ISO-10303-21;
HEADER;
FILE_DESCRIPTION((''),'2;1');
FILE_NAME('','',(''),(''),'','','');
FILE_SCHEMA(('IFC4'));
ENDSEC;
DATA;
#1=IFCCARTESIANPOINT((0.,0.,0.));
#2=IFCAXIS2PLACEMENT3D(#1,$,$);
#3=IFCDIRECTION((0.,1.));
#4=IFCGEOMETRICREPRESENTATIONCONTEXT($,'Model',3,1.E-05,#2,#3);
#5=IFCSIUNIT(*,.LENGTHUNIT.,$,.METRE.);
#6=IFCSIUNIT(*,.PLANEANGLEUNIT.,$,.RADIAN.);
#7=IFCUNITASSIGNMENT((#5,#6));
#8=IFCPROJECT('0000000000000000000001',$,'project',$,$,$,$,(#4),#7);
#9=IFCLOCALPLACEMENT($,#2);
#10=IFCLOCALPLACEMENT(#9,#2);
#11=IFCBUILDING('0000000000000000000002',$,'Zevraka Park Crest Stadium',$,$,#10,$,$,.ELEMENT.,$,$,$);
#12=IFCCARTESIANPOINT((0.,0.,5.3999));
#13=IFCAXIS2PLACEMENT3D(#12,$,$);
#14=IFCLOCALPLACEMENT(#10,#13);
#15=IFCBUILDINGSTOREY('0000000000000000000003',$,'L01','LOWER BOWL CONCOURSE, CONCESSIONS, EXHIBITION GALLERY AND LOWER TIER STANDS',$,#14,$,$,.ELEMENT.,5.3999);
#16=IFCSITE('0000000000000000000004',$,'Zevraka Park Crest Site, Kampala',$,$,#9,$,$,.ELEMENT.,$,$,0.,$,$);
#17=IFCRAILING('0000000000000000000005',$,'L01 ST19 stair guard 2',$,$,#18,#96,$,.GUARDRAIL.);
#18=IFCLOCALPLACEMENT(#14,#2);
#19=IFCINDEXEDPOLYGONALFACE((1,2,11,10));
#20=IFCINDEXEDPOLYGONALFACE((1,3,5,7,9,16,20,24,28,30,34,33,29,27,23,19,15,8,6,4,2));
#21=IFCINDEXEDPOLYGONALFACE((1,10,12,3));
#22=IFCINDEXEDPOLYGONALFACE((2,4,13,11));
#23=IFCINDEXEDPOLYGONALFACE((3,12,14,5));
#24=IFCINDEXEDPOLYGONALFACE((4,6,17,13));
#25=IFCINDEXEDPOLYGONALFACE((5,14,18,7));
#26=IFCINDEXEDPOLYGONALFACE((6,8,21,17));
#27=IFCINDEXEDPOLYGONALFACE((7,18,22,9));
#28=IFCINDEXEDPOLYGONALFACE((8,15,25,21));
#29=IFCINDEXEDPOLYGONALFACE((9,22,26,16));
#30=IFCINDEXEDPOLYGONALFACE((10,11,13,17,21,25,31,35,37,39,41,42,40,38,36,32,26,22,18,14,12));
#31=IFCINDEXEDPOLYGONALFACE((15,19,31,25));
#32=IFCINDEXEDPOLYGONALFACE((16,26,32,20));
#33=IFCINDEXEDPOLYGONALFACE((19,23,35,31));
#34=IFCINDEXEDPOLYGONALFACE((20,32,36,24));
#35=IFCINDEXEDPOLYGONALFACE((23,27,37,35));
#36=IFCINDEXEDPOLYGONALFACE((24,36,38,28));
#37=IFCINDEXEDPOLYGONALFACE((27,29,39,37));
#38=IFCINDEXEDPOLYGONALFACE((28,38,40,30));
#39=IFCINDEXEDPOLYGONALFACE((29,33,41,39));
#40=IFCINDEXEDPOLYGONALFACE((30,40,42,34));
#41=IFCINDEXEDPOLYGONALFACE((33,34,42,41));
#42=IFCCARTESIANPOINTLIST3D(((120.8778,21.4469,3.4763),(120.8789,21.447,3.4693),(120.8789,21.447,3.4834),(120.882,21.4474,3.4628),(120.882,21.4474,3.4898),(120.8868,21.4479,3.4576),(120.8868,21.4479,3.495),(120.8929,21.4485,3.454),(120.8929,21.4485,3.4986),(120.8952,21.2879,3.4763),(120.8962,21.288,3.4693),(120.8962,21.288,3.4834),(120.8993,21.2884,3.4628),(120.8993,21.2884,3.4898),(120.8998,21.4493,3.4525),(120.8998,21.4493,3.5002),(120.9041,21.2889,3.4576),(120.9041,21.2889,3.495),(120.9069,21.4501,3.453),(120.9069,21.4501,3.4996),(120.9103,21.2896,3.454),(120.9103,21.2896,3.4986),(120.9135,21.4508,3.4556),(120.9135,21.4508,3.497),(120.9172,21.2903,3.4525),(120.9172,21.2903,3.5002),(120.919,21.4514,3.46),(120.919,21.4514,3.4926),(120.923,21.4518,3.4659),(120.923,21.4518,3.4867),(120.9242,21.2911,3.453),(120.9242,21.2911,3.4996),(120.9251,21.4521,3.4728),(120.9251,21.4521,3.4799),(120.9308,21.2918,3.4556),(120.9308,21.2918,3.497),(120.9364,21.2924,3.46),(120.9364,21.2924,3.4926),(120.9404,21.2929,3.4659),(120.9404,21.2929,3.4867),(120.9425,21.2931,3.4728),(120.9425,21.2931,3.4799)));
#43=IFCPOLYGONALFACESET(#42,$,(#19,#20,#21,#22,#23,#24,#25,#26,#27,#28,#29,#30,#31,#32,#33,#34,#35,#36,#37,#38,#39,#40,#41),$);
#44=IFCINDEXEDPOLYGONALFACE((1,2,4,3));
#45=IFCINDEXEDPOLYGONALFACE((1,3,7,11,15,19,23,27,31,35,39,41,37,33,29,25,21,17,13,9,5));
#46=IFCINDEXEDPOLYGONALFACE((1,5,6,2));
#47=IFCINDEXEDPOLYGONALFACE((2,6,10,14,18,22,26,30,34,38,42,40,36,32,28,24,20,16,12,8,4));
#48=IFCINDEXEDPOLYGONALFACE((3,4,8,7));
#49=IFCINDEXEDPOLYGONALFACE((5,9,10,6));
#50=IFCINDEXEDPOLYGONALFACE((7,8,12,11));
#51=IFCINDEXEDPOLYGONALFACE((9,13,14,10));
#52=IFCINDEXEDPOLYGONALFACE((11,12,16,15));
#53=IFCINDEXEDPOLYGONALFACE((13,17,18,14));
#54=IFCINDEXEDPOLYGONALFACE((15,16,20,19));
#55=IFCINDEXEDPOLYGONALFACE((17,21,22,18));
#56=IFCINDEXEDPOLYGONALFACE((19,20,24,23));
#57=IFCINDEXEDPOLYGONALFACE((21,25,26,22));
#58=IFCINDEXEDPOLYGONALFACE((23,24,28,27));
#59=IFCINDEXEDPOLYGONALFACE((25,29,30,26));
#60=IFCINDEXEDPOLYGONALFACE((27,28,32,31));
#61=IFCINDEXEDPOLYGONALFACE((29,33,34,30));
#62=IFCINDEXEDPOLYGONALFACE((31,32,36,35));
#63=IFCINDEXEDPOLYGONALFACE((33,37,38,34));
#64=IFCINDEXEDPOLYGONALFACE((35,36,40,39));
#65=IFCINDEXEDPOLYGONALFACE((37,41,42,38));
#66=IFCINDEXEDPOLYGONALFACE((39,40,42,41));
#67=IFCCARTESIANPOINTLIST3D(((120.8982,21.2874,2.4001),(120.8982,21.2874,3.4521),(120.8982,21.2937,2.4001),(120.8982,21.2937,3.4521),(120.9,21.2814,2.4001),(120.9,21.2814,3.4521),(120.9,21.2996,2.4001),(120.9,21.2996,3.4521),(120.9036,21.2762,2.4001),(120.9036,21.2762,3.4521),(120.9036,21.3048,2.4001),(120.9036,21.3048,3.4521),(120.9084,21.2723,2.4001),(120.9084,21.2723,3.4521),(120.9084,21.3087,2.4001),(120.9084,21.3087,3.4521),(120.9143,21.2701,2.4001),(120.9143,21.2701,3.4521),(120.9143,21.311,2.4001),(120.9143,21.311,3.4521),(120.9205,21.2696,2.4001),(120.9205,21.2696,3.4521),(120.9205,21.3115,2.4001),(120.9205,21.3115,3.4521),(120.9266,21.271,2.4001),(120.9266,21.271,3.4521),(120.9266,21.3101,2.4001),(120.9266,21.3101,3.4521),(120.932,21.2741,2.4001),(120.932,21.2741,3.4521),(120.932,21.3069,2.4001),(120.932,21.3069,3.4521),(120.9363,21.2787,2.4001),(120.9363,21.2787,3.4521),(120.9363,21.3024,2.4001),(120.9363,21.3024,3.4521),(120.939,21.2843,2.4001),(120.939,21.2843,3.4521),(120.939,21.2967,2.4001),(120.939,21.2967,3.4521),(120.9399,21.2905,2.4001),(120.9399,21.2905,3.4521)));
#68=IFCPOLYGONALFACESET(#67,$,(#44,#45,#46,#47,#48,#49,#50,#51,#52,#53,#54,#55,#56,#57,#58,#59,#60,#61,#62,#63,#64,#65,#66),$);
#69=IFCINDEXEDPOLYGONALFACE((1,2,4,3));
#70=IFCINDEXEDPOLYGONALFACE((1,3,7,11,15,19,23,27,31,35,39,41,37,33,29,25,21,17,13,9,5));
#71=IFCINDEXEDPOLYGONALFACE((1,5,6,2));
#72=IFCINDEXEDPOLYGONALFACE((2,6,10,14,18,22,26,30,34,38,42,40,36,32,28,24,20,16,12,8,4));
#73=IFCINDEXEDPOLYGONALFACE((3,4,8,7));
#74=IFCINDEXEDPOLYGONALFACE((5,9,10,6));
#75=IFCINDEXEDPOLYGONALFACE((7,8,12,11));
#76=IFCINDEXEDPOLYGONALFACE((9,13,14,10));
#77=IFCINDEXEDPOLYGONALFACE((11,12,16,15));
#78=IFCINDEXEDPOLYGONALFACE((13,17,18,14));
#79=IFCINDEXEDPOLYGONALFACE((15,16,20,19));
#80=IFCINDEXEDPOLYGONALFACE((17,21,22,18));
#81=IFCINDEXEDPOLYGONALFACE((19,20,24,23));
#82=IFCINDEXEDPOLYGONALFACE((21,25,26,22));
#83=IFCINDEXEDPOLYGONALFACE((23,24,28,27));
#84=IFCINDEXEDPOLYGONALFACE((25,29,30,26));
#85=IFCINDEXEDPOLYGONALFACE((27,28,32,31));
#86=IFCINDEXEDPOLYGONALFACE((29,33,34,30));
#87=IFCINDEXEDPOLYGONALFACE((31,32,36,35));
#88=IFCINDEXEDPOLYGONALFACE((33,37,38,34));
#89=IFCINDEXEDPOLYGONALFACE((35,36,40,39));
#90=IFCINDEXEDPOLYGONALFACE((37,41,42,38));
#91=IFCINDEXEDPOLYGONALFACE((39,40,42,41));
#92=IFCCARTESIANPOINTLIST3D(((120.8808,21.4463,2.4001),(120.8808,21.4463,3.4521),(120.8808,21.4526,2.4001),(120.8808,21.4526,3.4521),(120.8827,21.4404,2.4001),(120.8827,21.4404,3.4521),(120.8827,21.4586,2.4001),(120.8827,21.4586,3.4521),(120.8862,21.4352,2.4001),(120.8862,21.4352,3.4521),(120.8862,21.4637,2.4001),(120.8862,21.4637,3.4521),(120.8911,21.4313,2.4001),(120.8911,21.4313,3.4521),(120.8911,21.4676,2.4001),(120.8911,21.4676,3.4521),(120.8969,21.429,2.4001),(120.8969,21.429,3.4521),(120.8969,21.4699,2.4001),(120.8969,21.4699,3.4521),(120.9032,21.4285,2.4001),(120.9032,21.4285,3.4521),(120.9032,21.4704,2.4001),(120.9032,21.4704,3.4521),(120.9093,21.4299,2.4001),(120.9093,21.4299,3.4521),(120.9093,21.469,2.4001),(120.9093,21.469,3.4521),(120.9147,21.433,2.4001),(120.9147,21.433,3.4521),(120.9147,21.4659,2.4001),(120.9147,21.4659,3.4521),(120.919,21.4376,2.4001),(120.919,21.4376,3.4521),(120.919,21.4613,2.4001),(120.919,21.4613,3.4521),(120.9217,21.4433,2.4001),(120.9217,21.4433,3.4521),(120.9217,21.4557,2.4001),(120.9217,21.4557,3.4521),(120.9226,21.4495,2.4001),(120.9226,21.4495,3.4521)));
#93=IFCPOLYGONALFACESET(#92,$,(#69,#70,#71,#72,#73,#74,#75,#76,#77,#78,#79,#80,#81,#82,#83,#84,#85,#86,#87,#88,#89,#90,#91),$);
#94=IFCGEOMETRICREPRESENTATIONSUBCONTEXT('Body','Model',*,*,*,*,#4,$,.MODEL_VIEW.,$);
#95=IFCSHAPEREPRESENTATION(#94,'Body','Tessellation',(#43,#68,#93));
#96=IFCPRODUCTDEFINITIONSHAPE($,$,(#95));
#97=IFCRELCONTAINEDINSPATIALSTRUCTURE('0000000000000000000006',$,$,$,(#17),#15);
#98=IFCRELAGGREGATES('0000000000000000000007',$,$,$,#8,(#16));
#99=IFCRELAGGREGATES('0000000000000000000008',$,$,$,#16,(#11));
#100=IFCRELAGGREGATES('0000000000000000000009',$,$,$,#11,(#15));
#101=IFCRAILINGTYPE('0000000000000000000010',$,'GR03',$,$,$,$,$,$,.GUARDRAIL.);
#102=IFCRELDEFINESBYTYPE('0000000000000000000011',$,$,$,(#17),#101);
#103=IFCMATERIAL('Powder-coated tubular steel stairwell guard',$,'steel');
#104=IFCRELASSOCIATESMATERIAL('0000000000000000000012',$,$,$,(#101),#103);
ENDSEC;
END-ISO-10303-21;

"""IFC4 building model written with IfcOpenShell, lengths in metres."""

from ifc_helpers import new_model, si_unit, direction, frame, origin, origin_2d, place, context, subcontext, project, spatial, circle, extrude, material, type_object, element, save


model = new_model("IFC4")

# Units and contexts
model_context = context("Model", 3, precision=1e-05, world=origin(), true_north=direction((0.0, 1.0)))
body_context = subcontext(model_context, "Body", "Model", "MODEL_VIEW")
ifc_project = project(units=[si_unit("LENGTHUNIT", "METRE"), si_unit("PLANEANGLEUNIT", "RADIAN")], contexts=[model_context])

# Site, building, storey
site_placement = place(None, origin())
site = spatial("IfcSite", under=ifc_project, at=site_placement, Name="Zevraka Park Crest Site, Kampala", CompositionType="ELEMENT", RefElevation=0.0)
building_placement = place(site_placement, origin())
building = spatial("IfcBuilding", under=site, at=building_placement, Name="Zevraka Park Crest Stadium", CompositionType="ELEMENT")
storey_placement = place(building_placement, frame((0.0, 0.0, 5.3999)))
storey = spatial("IfcBuildingStorey", under=building, at=storey_placement, Name="L01", Description="LOWER BOWL CONCOURSE, CONCESSIONS, EXHIBITION GALLERY AND LOWER TIER STANDS", CompositionType="ELEMENT", Elevation=5.3999)

# Railing
ifc_material_1 = material(Name="Powder-coated tubular steel stairwell guard", Category="steel")
railing_type_1 = type_object("IfcRailingType", Name="GR03", PredefinedType="GUARDRAIL", material=ifc_material_1)
railing_1_placement = place(storey_placement, frame((120.9189, 21.2905, 2.4001)))
element("IfcRailing", 1, at=railing_1_placement, inside=storey, type_object=railing_type_1, Name="L01 ST19 stair guard 2", PredefinedType="GUARDRAIL", context=body_context, shape_type="SweptSolid", body=[
    extrude(circle(Radius=0.0239, at=origin_2d()), frame((0.0, 0.0, 1.0762), z_axis=(-0.10842, 0.994105, 0.0), x_axis=(-0.994105, -0.10842, 0.0)), (0.0, 0.0, 1.0), 0.1599),
    extrude(circle(Radius=0.021, at=origin_2d()), origin(), (0.0, 0.0, 1.0), 1.052),
    extrude(circle(Radius=0.021, at=origin_2d()), frame((-0.0173, 0.1589, 0.0)), (0.0, 0.0, 1.0), 1.052),
])

save(model, "model.ifc")
